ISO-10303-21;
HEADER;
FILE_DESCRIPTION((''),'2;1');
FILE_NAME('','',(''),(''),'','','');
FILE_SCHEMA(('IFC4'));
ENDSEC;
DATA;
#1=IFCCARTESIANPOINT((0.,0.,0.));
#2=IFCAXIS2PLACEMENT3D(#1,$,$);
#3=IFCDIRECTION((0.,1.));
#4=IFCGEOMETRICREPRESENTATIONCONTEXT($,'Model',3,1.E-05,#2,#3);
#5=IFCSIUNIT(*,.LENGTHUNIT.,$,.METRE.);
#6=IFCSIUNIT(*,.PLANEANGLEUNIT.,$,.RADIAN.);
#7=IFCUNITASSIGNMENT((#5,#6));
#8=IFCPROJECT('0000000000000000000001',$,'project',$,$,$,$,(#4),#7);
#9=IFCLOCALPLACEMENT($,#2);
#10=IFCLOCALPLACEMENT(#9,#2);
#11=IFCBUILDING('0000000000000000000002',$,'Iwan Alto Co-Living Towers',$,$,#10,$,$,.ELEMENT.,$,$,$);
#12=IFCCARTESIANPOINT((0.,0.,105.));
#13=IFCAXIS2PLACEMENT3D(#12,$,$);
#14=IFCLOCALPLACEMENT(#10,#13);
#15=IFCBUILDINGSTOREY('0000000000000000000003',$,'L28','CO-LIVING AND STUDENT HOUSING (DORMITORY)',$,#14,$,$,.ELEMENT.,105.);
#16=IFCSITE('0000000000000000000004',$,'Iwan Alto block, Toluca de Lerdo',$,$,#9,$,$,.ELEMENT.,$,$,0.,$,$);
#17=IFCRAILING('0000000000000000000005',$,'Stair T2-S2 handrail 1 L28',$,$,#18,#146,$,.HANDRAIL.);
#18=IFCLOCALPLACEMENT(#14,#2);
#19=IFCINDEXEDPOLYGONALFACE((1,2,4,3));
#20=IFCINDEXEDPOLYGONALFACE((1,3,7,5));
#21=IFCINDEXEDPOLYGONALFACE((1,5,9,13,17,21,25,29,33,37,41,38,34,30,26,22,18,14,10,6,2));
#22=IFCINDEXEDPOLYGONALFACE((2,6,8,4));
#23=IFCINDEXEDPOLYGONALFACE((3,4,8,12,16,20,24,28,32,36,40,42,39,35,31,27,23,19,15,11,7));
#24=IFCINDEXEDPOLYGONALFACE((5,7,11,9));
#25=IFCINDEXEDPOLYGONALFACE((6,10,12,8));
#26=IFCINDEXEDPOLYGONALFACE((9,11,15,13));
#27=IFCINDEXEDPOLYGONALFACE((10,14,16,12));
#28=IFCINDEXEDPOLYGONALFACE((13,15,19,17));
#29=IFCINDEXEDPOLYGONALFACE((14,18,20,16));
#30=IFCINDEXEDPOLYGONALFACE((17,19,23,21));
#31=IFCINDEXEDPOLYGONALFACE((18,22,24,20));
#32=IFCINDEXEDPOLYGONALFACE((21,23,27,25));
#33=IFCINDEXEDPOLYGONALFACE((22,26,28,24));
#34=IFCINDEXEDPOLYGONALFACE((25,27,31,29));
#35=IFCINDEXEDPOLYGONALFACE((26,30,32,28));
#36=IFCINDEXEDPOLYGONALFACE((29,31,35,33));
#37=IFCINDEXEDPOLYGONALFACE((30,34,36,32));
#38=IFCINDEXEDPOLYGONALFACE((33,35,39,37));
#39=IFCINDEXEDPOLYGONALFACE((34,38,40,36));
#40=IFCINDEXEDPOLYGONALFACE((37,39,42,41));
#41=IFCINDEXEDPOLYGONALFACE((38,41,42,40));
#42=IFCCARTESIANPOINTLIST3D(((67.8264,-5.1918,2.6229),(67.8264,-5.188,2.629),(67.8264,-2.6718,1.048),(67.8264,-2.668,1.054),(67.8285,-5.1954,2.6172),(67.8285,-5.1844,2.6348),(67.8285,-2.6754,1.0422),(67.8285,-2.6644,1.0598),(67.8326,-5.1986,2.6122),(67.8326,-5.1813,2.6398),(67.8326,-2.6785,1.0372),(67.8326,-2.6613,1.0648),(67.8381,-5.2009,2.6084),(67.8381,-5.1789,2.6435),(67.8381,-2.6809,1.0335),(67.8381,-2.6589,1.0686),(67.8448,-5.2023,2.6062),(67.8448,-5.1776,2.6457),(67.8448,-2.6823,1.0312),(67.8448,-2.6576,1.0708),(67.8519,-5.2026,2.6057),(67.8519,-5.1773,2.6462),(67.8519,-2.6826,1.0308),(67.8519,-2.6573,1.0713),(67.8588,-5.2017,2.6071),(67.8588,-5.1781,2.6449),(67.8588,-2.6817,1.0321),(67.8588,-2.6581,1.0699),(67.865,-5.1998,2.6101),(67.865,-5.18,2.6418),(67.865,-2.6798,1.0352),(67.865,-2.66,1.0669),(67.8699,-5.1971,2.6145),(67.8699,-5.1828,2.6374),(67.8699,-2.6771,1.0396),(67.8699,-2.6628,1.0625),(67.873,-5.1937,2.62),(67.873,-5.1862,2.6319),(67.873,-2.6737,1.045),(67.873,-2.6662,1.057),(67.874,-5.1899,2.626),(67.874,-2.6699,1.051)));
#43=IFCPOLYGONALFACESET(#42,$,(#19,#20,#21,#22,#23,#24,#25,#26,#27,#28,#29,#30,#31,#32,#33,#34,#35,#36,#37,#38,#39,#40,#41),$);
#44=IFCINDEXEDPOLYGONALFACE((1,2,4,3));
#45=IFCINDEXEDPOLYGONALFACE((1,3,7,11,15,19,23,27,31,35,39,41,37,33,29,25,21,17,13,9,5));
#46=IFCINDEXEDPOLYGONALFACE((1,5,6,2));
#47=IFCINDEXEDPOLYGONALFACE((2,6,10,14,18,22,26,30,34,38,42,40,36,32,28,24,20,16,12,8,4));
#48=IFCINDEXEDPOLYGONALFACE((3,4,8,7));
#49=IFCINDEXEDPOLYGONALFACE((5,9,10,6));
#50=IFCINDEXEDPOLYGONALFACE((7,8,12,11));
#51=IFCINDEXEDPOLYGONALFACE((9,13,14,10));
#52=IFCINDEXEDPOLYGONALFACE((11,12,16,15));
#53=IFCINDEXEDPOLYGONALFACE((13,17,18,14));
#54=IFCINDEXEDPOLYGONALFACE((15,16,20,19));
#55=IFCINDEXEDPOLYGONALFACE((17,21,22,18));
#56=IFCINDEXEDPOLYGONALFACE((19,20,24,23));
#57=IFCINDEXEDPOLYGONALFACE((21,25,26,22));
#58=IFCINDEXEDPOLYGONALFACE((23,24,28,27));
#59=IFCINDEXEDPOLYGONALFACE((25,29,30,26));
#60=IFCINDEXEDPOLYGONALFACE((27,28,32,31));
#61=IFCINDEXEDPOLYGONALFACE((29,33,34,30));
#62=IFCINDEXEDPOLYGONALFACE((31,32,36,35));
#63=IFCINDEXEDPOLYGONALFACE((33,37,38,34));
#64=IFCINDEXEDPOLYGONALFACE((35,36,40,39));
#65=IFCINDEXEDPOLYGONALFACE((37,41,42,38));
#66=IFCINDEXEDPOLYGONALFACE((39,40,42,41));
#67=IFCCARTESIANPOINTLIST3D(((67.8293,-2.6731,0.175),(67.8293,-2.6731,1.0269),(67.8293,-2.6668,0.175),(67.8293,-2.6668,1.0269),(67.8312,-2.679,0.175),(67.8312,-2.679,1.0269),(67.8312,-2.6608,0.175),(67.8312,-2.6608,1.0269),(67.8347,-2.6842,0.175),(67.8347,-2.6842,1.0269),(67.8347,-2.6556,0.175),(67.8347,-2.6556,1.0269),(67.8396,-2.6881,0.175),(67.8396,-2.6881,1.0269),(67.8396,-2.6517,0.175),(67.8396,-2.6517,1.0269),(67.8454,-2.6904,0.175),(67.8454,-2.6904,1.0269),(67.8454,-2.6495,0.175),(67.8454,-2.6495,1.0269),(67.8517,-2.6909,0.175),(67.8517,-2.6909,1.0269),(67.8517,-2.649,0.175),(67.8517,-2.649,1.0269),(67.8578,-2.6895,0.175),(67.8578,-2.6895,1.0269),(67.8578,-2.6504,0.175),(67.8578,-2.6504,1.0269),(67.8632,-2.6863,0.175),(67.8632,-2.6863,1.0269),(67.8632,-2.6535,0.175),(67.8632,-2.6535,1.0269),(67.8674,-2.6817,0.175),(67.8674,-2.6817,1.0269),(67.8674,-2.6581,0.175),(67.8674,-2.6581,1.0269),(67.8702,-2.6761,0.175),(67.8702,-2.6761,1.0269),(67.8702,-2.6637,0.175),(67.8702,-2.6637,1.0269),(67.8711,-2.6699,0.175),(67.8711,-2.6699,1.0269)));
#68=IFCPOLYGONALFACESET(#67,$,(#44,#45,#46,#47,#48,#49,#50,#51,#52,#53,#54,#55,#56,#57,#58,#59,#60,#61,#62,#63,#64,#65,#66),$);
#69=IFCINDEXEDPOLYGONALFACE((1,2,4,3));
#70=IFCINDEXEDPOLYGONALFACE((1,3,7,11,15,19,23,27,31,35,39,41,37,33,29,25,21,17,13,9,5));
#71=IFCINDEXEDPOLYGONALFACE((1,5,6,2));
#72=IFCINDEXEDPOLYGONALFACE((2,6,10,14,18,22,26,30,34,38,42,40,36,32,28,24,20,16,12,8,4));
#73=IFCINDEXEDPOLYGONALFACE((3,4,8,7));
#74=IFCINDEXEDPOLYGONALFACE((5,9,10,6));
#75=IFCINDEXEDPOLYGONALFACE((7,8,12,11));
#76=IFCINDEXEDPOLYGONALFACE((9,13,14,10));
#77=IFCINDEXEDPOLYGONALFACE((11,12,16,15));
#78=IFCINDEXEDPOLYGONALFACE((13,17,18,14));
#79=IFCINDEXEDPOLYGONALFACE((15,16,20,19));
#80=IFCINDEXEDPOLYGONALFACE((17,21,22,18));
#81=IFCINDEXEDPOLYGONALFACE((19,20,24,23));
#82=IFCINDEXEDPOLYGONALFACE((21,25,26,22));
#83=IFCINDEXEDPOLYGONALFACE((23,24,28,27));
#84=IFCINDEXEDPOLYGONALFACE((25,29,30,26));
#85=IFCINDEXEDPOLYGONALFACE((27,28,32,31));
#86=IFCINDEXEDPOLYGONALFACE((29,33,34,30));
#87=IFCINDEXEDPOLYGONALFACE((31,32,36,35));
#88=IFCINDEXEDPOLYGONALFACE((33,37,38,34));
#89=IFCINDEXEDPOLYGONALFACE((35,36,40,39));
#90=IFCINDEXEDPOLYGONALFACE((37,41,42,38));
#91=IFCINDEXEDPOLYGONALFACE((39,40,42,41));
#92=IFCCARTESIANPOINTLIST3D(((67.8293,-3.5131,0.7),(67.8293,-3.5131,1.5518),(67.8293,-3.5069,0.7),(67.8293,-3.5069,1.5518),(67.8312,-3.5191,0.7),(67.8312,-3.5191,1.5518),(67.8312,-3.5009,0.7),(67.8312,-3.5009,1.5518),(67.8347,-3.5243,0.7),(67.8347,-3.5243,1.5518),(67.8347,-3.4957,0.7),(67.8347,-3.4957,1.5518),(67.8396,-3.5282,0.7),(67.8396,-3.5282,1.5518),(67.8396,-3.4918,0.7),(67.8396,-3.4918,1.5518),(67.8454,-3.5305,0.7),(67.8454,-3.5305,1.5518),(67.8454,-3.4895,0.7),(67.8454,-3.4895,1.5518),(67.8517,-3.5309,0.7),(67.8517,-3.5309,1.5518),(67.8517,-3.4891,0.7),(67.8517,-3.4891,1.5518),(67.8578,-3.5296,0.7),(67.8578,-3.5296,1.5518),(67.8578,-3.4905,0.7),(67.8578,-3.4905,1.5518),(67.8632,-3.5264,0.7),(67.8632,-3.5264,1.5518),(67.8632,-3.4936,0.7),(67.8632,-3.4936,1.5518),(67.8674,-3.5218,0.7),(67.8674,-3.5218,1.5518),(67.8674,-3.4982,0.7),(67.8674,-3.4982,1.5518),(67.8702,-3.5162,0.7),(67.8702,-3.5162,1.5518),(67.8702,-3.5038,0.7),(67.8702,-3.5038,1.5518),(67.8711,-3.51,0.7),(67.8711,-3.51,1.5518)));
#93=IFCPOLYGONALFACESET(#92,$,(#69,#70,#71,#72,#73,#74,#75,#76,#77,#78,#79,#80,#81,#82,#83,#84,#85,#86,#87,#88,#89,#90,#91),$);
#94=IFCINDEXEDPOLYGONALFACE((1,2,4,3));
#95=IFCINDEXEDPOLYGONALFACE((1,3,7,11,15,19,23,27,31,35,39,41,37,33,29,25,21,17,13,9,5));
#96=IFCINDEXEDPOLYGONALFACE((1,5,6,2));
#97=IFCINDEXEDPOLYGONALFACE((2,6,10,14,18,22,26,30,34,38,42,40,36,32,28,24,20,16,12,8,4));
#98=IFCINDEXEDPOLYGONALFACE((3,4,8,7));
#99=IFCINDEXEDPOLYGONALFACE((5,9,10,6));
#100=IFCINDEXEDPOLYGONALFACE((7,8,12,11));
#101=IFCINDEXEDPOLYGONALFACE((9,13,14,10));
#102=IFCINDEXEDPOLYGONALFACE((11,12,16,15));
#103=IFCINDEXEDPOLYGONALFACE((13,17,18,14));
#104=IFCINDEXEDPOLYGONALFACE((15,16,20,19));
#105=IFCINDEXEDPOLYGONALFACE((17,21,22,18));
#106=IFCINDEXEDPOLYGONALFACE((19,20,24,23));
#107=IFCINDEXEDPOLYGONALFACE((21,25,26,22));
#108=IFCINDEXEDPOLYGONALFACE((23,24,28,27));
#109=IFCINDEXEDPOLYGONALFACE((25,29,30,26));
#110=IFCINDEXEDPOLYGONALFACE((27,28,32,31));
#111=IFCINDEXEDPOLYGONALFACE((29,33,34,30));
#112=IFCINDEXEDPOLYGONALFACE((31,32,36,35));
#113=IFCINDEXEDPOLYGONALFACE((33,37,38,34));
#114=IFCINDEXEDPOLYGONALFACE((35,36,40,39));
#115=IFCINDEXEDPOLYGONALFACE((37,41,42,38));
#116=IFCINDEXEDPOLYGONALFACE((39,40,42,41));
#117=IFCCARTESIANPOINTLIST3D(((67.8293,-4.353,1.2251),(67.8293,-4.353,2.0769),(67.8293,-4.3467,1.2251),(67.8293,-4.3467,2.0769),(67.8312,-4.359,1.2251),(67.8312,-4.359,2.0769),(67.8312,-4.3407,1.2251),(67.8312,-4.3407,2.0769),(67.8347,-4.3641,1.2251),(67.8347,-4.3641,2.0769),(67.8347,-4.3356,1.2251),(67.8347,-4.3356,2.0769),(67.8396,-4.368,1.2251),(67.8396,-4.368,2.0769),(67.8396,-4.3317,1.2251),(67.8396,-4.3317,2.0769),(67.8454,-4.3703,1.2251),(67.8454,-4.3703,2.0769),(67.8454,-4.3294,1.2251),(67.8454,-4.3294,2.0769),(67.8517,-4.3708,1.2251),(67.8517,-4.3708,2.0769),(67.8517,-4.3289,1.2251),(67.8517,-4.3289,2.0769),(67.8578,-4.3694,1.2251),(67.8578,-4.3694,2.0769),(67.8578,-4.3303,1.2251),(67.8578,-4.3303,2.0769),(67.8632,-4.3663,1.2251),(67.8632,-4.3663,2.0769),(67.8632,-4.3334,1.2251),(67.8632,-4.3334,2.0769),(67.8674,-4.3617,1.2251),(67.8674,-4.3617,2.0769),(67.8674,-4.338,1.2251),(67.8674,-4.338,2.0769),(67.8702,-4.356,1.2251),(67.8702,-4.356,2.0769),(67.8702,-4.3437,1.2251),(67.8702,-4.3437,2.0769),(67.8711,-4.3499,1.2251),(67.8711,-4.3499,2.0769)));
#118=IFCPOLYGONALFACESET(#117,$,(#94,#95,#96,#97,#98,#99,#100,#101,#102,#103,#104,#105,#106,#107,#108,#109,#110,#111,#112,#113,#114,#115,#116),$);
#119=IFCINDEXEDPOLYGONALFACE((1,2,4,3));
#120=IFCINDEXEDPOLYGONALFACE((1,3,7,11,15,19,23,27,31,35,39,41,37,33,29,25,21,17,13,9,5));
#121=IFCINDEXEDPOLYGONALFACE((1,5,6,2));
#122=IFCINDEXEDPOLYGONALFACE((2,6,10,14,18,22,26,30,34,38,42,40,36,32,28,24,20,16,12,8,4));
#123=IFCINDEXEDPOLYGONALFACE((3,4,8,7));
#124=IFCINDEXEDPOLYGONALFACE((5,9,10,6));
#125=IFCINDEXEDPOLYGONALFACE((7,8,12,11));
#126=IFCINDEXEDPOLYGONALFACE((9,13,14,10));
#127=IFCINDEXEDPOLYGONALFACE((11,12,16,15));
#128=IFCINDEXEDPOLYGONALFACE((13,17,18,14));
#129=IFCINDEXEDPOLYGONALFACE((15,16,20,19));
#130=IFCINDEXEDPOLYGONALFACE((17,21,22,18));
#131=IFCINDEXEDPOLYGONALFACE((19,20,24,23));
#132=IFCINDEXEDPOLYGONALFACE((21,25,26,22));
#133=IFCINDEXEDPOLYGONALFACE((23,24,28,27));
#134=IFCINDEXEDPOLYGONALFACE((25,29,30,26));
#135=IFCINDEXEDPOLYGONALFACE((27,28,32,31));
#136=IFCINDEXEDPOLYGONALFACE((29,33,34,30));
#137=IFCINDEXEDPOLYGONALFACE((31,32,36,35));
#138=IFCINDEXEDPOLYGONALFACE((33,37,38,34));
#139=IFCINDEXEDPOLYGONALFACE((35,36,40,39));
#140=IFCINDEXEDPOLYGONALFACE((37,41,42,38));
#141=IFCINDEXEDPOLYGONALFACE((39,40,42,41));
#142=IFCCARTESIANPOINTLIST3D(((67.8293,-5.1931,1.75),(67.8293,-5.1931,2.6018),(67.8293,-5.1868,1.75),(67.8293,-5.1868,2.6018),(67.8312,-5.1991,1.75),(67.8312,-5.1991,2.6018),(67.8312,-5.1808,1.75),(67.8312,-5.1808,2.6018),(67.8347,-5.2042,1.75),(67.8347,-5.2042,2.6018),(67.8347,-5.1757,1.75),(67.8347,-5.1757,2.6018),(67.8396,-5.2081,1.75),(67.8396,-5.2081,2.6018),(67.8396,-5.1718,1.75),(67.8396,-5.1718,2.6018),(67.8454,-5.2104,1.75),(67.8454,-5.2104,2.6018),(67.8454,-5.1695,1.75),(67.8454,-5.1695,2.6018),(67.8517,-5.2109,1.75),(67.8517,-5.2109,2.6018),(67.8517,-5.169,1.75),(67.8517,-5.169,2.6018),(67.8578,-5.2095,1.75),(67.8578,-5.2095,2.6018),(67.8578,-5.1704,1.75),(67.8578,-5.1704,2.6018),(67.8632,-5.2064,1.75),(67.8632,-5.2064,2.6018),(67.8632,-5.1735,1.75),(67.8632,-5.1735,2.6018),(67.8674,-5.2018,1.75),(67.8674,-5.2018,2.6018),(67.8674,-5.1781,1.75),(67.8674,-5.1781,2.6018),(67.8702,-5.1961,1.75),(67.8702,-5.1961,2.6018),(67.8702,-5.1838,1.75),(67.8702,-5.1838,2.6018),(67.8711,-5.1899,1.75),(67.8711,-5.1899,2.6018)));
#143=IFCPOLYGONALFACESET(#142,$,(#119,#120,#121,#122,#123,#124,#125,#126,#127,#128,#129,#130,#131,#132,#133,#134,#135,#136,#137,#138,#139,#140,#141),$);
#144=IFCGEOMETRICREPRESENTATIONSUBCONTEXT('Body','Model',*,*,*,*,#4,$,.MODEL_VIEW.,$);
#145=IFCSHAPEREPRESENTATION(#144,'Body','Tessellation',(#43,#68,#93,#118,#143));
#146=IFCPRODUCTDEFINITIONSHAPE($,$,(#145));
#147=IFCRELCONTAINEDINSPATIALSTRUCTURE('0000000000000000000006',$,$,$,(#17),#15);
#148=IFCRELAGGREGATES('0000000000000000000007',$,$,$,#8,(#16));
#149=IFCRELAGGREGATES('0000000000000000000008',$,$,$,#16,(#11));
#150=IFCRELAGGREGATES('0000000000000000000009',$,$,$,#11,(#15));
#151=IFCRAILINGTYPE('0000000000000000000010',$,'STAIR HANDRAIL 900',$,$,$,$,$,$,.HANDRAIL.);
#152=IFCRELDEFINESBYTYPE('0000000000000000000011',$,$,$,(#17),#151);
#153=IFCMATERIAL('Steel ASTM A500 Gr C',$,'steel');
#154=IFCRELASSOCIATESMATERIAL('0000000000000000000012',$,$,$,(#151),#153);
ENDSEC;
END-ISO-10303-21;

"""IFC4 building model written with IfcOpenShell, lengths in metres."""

from ifc_helpers import new_model, si_unit, direction, frame, origin, origin_2d, place, context, subcontext, project, spatial, circle, extrude, material, type_object, element, save


model = new_model("IFC4")

# Units and contexts
model_context = context("Model", 3, precision=1e-05, world=origin(), true_north=direction((0.0, 1.0)))
body_context = subcontext(model_context, "Body", "Model", "MODEL_VIEW")
ifc_project = project(units=[si_unit("LENGTHUNIT", "METRE"), si_unit("PLANEANGLEUNIT", "RADIAN")], contexts=[model_context])

# Site, building, storey
site_placement = place(None, origin())
site = spatial("IfcSite", under=ifc_project, at=site_placement, Name="Iwan Alto block, Toluca de Lerdo", CompositionType="ELEMENT", RefElevation=0.0)
building_placement = place(site_placement, origin())
building = spatial("IfcBuilding", under=site, at=building_placement, Name="Iwan Alto Co-Living Towers", CompositionType="ELEMENT")
storey_placement = place(building_placement, frame((0.0, 0.0, 105.0)))
storey = spatial("IfcBuildingStorey", under=building, at=storey_placement, Name="L28", Description="CO-LIVING AND STUDENT HOUSING (DORMITORY)", CompositionType="ELEMENT", Elevation=105.0)

# Railing
ifc_material_1 = material(Name="Steel ASTM A500 Gr C", Category="steel")
railing_type_1 = type_object("IfcRailingType", Name="STAIR HANDRAIL 900", PredefinedType="HANDRAIL", material=ifc_material_1)
railing_1_placement = place(storey_placement, frame((67.8501, -2.6699, 0.175)))
element("IfcRailing", 1, at=railing_1_placement, inside=storey, type_object=railing_type_1, Name="Stair T2-S2 handrail 1 L28", PredefinedType="HANDRAIL", context=body_context, shape_type="SweptSolid", body=[
    extrude(circle(Radius=0.0239, at=origin_2d()), frame((0.0, 0.0, 0.876), z_axis=(0.0, -0.848008, 0.529984), x_axis=(1.0, 0.0, 0.0)), (0.0, 0.0, 1.0), 2.9717),
    extrude(circle(Radius=0.021, at=origin_2d()), origin(), (0.0, 0.0, 1.0), 0.8518),
    extrude(circle(Radius=0.021, at=origin_2d()), frame((0.0, -0.8401, 0.5249)), (0.0, 0.0, 1.0), 0.8518),
    extrude(circle(Radius=0.021, at=origin_2d()), frame((0.0, -1.6799, 1.05)), (0.0, 0.0, 1.0), 0.8518),
    extrude(circle(Radius=0.021, at=origin_2d()), frame((0.0, -2.52, 1.575)), (0.0, 0.0, 1.0), 0.8518),
])

save(model, "model.ifc")
